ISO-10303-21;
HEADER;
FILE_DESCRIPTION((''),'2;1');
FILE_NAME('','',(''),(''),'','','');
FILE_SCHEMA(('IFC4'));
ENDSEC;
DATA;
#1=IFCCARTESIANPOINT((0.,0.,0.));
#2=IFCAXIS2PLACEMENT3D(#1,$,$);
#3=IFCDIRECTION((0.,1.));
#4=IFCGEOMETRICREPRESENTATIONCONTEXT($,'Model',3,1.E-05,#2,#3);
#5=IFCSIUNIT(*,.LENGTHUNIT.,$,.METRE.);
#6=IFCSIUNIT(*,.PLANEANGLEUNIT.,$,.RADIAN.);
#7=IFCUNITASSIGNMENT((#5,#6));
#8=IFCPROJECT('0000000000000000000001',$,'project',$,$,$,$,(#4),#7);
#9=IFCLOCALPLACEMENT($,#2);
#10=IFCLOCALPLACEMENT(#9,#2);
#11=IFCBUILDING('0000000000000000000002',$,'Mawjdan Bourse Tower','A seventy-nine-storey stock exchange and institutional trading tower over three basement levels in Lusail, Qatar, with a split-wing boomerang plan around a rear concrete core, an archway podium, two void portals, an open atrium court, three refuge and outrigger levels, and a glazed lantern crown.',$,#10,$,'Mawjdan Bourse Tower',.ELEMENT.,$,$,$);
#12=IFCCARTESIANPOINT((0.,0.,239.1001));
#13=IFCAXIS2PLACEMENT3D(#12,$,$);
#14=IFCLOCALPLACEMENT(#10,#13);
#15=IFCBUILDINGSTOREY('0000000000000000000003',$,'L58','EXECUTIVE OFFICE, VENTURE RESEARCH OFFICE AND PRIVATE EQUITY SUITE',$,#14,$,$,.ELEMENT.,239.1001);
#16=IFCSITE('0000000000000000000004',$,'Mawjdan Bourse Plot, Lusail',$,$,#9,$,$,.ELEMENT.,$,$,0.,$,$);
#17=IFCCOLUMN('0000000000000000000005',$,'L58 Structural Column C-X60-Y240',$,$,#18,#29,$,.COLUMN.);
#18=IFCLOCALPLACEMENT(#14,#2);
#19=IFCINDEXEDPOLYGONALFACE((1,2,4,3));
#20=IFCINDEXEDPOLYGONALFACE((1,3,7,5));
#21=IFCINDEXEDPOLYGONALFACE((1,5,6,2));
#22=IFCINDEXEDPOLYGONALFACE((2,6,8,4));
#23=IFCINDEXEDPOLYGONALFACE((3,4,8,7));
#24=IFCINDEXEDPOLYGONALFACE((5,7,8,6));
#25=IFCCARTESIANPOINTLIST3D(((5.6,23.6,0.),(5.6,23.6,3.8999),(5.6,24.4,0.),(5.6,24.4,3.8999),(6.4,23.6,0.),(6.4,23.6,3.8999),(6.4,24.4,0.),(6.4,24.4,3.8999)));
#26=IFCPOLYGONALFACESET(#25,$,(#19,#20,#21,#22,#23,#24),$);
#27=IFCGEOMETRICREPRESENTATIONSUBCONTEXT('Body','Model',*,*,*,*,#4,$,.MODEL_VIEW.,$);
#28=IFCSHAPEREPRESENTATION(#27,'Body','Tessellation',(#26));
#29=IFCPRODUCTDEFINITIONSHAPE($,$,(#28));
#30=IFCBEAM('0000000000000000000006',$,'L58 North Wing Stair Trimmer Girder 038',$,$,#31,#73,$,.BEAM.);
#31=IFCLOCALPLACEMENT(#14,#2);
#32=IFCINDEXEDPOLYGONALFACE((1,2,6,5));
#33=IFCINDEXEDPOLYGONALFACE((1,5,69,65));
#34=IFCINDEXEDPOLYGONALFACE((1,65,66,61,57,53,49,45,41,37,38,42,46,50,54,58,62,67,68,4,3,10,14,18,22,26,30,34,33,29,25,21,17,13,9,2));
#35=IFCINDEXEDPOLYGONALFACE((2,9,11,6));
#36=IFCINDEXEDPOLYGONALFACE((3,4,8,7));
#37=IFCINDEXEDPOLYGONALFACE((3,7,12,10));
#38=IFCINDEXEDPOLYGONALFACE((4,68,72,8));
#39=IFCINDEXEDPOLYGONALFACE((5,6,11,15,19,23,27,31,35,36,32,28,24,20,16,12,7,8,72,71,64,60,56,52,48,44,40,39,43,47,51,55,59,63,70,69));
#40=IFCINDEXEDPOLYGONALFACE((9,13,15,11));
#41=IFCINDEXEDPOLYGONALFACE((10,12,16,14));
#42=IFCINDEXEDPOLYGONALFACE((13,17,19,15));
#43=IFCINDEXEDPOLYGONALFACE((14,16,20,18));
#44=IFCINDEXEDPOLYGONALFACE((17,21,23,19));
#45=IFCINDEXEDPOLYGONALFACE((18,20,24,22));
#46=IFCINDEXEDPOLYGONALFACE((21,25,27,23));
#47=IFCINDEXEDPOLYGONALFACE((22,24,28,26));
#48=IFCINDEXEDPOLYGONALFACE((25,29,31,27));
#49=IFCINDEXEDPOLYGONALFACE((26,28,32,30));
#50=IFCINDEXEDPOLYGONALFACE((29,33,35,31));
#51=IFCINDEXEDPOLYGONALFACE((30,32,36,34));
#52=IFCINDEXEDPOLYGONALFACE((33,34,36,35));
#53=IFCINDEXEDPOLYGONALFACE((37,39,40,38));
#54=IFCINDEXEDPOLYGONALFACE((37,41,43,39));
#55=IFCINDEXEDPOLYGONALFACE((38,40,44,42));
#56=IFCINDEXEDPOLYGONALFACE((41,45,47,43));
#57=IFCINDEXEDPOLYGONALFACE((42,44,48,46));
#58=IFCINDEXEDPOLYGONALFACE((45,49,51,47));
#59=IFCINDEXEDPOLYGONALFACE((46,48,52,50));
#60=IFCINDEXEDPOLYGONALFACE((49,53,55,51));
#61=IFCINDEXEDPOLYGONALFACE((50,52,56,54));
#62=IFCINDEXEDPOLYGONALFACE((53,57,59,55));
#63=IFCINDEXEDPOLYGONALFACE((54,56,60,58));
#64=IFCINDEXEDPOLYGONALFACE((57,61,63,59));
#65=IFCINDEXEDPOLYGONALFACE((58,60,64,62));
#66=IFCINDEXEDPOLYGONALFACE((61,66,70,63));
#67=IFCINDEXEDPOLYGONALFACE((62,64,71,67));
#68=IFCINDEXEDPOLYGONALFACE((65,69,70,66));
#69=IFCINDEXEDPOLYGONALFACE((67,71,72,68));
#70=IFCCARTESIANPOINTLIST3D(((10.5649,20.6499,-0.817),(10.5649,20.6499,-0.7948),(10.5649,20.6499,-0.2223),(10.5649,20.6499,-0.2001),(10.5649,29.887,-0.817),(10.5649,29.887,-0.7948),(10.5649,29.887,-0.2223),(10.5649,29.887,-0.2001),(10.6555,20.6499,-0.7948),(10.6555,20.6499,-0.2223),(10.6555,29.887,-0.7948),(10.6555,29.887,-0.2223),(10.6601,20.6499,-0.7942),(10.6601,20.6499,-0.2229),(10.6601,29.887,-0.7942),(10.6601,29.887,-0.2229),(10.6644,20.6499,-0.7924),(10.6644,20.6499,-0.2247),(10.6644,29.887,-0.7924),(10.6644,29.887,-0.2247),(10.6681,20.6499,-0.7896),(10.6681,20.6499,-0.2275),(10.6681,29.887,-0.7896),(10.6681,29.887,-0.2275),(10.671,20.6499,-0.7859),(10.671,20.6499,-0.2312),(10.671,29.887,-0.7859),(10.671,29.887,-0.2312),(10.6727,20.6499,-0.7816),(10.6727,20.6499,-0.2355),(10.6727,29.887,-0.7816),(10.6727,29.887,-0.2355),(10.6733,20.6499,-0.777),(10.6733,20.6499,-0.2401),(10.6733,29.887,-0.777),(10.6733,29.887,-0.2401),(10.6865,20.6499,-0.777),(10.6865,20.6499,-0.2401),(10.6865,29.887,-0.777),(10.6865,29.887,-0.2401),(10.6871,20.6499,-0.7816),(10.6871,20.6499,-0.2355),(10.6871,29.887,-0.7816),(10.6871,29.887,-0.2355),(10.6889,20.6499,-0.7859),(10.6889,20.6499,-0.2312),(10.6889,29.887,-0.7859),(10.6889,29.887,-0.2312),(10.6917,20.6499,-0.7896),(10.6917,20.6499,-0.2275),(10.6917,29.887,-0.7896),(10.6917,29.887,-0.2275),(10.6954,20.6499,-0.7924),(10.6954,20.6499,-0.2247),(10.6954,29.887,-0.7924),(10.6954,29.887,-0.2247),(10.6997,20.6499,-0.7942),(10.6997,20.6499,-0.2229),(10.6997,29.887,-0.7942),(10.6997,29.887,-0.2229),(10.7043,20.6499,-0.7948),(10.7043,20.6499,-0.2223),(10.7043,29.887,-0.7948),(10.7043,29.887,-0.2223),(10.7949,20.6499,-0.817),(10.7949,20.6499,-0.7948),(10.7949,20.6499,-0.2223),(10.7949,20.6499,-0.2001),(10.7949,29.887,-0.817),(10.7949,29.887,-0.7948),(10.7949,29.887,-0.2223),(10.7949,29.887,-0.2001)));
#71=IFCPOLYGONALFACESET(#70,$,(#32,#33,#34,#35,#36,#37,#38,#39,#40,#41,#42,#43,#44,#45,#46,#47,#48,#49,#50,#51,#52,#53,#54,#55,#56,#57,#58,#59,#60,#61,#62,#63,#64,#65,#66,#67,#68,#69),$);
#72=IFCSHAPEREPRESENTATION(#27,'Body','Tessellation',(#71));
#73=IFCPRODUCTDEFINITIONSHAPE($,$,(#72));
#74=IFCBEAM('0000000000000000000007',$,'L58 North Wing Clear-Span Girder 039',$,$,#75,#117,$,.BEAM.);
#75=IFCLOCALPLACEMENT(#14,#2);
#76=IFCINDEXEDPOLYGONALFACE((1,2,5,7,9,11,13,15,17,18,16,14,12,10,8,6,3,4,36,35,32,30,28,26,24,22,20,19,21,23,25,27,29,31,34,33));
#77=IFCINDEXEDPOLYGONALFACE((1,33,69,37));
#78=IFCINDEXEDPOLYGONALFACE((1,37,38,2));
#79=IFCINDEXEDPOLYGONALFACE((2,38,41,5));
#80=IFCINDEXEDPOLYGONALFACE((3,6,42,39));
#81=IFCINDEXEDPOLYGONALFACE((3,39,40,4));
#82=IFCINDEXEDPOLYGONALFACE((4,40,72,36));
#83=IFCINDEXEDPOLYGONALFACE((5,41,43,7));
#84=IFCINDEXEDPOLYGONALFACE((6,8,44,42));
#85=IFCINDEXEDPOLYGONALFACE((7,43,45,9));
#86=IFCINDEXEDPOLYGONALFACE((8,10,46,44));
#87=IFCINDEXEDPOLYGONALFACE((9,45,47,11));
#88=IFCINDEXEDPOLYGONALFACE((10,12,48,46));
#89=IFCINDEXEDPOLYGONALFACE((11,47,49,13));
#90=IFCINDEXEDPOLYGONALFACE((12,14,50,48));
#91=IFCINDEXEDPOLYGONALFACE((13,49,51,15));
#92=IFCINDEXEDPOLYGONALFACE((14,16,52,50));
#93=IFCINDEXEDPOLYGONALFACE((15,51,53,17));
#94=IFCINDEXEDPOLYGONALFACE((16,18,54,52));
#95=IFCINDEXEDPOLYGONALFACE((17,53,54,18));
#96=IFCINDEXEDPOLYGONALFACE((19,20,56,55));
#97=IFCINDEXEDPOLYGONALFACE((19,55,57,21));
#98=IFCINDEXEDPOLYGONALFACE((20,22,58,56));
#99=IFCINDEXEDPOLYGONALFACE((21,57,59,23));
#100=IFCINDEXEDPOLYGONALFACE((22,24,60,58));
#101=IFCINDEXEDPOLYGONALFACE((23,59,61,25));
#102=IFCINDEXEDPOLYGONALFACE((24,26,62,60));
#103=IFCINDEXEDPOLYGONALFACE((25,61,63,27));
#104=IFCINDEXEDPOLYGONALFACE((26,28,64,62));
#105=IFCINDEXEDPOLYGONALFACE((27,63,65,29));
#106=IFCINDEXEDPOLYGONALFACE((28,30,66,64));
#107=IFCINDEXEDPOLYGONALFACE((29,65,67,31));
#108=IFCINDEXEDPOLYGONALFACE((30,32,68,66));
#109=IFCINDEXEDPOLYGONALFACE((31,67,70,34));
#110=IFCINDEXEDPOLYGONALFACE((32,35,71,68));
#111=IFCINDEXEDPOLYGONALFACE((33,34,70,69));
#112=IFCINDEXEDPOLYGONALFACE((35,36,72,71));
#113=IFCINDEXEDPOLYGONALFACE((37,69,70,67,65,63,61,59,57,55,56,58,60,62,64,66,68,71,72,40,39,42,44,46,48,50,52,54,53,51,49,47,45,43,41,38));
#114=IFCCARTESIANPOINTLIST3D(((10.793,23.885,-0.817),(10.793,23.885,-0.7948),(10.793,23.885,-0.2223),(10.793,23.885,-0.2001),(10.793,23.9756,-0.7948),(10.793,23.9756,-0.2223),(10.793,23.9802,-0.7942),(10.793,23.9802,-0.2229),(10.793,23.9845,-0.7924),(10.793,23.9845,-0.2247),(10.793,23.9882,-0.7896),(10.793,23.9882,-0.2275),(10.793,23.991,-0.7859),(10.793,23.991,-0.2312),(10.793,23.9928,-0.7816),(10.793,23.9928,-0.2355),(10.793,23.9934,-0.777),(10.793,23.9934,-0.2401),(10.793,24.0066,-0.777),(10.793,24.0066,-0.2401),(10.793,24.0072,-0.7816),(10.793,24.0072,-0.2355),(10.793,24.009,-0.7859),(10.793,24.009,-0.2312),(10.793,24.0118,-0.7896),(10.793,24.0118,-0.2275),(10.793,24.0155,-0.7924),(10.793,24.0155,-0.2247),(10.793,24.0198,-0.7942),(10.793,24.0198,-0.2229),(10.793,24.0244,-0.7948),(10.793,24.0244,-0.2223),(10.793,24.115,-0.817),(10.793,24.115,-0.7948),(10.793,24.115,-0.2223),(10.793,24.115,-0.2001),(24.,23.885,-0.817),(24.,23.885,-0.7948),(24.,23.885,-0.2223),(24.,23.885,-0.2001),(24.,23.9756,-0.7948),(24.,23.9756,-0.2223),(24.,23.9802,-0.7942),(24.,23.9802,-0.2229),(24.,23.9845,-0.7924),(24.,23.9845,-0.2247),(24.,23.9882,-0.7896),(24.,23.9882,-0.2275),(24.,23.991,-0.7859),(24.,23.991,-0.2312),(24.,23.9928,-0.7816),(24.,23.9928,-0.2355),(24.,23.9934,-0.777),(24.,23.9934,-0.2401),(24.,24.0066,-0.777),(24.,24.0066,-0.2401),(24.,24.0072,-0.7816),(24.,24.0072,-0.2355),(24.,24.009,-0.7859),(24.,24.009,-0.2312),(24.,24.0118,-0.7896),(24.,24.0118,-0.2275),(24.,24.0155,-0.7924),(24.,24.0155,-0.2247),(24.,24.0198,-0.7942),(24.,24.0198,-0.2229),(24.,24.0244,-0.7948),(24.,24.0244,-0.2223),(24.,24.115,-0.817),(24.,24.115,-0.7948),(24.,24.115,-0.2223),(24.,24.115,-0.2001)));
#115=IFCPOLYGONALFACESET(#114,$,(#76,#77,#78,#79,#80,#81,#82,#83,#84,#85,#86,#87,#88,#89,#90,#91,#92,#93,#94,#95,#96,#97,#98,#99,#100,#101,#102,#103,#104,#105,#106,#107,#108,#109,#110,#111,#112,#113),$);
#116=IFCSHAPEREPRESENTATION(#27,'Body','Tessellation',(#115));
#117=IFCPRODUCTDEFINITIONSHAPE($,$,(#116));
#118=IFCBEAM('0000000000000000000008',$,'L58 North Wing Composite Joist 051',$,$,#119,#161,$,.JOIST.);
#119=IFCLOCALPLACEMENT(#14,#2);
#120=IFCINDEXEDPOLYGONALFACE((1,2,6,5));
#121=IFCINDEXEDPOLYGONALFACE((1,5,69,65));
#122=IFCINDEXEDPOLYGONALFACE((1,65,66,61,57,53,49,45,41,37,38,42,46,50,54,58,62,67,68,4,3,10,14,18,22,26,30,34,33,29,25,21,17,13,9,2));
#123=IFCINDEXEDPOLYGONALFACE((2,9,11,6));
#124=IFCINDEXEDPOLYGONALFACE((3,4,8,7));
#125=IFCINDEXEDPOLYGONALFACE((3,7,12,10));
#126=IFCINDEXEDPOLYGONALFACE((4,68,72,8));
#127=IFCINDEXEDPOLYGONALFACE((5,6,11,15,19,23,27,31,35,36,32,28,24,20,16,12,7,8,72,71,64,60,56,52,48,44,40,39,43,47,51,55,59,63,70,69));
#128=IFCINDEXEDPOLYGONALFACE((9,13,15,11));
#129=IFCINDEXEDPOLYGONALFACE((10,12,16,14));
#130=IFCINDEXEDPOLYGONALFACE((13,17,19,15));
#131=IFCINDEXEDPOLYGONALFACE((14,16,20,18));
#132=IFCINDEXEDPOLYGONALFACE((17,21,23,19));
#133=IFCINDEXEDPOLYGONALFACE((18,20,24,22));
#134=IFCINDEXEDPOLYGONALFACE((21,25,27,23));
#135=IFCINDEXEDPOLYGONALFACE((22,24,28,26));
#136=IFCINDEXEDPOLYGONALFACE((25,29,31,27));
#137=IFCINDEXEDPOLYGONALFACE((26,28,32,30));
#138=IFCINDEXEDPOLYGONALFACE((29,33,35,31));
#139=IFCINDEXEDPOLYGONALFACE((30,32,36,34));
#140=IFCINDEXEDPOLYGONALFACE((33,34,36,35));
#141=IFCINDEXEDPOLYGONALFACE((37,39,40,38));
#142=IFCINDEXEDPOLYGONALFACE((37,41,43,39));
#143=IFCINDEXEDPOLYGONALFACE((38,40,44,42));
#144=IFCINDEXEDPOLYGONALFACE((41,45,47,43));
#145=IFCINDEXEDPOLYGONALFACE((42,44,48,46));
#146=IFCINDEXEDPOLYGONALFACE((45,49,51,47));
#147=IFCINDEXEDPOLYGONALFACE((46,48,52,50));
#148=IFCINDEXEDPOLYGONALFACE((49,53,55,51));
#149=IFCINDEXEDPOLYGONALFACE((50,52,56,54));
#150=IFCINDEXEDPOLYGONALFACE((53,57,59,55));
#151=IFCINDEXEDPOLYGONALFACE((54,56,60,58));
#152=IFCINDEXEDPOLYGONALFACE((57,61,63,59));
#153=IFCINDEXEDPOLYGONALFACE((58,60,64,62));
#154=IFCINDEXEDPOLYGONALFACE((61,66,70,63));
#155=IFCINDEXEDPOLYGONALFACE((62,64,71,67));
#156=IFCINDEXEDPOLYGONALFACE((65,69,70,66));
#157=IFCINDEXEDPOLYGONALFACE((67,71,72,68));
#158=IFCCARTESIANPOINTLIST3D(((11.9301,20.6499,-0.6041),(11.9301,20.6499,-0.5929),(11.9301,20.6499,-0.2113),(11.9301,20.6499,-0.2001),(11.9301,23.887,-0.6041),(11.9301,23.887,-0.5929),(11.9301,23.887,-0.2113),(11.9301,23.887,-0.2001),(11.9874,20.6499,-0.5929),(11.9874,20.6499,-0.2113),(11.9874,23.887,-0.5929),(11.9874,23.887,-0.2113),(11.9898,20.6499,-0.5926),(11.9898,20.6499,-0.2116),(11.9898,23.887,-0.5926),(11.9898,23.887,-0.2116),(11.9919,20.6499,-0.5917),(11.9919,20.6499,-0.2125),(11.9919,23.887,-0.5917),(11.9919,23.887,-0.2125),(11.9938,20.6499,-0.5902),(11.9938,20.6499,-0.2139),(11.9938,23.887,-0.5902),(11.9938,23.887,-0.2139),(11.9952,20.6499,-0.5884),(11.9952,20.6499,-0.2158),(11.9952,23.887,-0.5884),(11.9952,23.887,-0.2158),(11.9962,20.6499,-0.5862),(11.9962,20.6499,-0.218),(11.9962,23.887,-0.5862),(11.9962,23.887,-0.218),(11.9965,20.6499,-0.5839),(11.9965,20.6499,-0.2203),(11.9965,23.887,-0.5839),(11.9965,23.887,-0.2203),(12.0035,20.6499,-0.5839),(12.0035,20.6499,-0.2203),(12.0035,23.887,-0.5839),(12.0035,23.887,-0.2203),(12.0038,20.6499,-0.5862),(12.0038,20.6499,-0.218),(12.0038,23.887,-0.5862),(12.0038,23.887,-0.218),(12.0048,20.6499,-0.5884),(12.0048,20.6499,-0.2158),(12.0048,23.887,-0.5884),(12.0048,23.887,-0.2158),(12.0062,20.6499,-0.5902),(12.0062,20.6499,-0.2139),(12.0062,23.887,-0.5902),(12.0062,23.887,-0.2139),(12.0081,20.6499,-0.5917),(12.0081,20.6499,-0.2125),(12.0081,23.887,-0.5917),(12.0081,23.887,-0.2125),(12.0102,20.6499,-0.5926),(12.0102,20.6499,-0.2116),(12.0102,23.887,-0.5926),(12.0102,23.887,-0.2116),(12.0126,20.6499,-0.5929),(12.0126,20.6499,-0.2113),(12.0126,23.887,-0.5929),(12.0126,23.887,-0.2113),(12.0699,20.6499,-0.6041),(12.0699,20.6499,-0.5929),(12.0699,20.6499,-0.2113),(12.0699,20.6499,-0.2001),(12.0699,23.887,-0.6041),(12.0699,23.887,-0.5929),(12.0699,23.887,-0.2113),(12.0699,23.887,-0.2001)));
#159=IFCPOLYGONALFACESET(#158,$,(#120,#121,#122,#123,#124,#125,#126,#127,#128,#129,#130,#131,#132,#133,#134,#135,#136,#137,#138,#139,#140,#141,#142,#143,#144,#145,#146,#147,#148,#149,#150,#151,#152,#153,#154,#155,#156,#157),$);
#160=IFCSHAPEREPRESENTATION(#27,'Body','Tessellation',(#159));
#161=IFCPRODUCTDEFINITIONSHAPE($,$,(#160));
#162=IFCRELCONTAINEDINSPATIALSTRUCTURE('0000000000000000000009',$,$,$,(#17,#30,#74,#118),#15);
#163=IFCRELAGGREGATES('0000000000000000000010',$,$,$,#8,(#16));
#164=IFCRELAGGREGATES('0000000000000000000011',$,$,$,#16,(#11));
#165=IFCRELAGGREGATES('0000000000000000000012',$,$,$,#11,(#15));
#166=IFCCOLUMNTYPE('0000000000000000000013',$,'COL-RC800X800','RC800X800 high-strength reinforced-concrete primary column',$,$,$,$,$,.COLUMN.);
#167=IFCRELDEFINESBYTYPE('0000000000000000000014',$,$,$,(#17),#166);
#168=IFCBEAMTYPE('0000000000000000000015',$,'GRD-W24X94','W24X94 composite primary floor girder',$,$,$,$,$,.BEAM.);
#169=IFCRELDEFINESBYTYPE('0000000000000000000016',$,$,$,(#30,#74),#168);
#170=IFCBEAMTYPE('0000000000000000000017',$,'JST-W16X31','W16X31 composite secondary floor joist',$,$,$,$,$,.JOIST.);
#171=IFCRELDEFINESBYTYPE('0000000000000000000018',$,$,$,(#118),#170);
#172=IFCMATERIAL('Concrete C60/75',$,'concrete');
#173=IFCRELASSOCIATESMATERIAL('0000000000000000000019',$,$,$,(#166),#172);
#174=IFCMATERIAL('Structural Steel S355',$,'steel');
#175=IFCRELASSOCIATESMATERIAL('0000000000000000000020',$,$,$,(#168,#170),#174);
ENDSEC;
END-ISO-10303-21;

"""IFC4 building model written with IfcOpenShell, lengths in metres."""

from ifc_helpers import new_model, si_unit, direction, frame, origin, origin_2d, place, context, subcontext, project, spatial, rectangle, i_section, extrude, material, material_profile, profile_set, type_object, element, save


model = new_model("IFC4")

# Units and contexts
model_context = context("Model", 3, precision=1e-05, world=origin(), true_north=direction((0.0, 1.0)))
body_context = subcontext(model_context, "Body", "Model", "MODEL_VIEW")
ifc_project = project(units=[si_unit("LENGTHUNIT", "METRE"), si_unit("PLANEANGLEUNIT", "RADIAN")], contexts=[model_context])

# Site, building, storey
site_placement = place(None, origin())
site = spatial("IfcSite", under=ifc_project, at=site_placement, Name="Mawjdan Bourse Plot, Lusail", CompositionType="ELEMENT", RefElevation=0.0)
building_placement = place(site_placement, origin())
building = spatial("IfcBuilding", under=site, at=building_placement, Name="Mawjdan Bourse Tower", Description="A seventy-nine-storey stock exchange and institutional trading tower over three basement levels in Lusail, Qatar, with a split-wing boomerang plan around a rear concrete core, an archway podium, two void portals, an open atrium court, three refuge and outrigger levels, and a glazed lantern crown.", LongName="Mawjdan Bourse Tower", CompositionType="ELEMENT")
storey_placement = place(building_placement, frame((0.0, 0.0, 239.1001)))
storey = spatial("IfcBuildingStorey", under=building, at=storey_placement, Name="L58", Description="EXECUTIVE OFFICE, VENTURE RESEARCH OFFICE AND PRIVATE EQUITY SUITE", CompositionType="ELEMENT", Elevation=239.1001)

# Column
ifc_material_1 = material(Name="Concrete C60/75", Category="concrete")
ifc_material_profile_1 = material_profile(ifc_material_1, rectangle(XDim=0.8, YDim=0.8, at=origin_2d()), Name="RC800X800")
ifc_profile_set_1 = profile_set([ifc_material_profile_1], Name="Concrete C60/75")
column_type = type_object("IfcColumnType", Name="COL-RC800X800", Description="RC800X800 high-strength reinforced-concrete primary column", PredefinedType="COLUMN", material=ifc_profile_set_1)
column_placement = place(storey_placement, frame((6.0, 24.0, 0.0), z_axis=(0.0, 0.0, 1.0), x_axis=(1.0, 0.0, 0.0)))
element("IfcColumn", 1, at=column_placement, inside=storey, type_object=column_type, Name="L58 Structural Column C-X60-Y240", PredefinedType="COLUMN", context=body_context, shape_type="SweptSolid", body=[
    extrude(rectangle(XDim=0.8, YDim=0.8, at=origin_2d()), origin(), (0.0, 0.0, 1.0), 3.8999),
])

# Beams
ifc_material_2 = material(Name="Structural Steel S355", Category="steel")
ifc_material_profile_2 = material_profile(ifc_material_2, i_section(OverallWidth=0.23, OverallDepth=0.6169, WebThickness=0.0132, FlangeThickness=0.0222, FilletRadius=0.0178, at=origin_2d()), Name="W24X94")
ifc_profile_set_2 = profile_set([ifc_material_profile_2], Name="Structural Steel S355")
beam_type_1 = type_object("IfcBeamType", Name="GRD-W24X94", Description="W24X94 composite primary floor girder", PredefinedType="BEAM", material=ifc_profile_set_2)
beam_1_placement = place(storey_placement, frame((10.6799, 20.6499, -0.5085), z_axis=(0.0, 1.0, 0.0), x_axis=(-1.0, 0.0, 0.0)))
element("IfcBeam", 2, at=beam_1_placement, inside=storey, type_object=beam_type_1, Name="L58 North Wing Stair Trimmer Girder 038", PredefinedType="BEAM", context=body_context, shape_type="SweptSolid", body=[
    extrude(i_section(OverallWidth=0.23, OverallDepth=0.6169, WebThickness=0.0132, FlangeThickness=0.0222, FilletRadius=0.0178, at=origin_2d()), origin(), (0.0, 0.0, 1.0), 9.2371),
])
beam_2_placement = place(storey_placement, frame((10.793, 24.0, -0.5085), z_axis=(1.0, 0.0, 0.0), x_axis=(0.0, 1.0, 0.0)))
element("IfcBeam", 3, at=beam_2_placement, inside=storey, type_object=beam_type_1, Name="L58 North Wing Clear-Span Girder 039", PredefinedType="BEAM", context=body_context, shape_type="SweptSolid", body=[
    extrude(i_section(OverallWidth=0.23, OverallDepth=0.6169, WebThickness=0.0132, FlangeThickness=0.0222, FilletRadius=0.0178, at=origin_2d()), origin(), (0.0, 0.0, 1.0), 13.207),
])
ifc_material_profile_3 = material_profile(ifc_material_2, i_section(OverallWidth=0.1399, OverallDepth=0.4041, WebThickness=0.0071, FlangeThickness=0.0112, FilletRadius=0.009, at=origin_2d()), Name="W16X31")
ifc_profile_set_3 = profile_set([ifc_material_profile_3], Name="Structural Steel S355")
beam_type_2 = type_object("IfcBeamType", Name="JST-W16X31", Description="W16X31 composite secondary floor joist", PredefinedType="JOIST", material=ifc_profile_set_3)
beam_3_placement = place(storey_placement, frame((12.0, 20.6499, -0.4021), z_axis=(0.0, 1.0, 0.0), x_axis=(-1.0, 0.0, 0.0)))
element("IfcBeam", 4, at=beam_3_placement, inside=storey, type_object=beam_type_2, Name="L58 North Wing Composite Joist 051", PredefinedType="JOIST", context=body_context, shape_type="SweptSolid", body=[
    extrude(i_section(OverallWidth=0.1399, OverallDepth=0.4041, WebThickness=0.0071, FlangeThickness=0.0112, FilletRadius=0.009, at=origin_2d()), origin(), (0.0, 0.0, 1.0), 3.2371),
])

save(model, "model.ifc")
